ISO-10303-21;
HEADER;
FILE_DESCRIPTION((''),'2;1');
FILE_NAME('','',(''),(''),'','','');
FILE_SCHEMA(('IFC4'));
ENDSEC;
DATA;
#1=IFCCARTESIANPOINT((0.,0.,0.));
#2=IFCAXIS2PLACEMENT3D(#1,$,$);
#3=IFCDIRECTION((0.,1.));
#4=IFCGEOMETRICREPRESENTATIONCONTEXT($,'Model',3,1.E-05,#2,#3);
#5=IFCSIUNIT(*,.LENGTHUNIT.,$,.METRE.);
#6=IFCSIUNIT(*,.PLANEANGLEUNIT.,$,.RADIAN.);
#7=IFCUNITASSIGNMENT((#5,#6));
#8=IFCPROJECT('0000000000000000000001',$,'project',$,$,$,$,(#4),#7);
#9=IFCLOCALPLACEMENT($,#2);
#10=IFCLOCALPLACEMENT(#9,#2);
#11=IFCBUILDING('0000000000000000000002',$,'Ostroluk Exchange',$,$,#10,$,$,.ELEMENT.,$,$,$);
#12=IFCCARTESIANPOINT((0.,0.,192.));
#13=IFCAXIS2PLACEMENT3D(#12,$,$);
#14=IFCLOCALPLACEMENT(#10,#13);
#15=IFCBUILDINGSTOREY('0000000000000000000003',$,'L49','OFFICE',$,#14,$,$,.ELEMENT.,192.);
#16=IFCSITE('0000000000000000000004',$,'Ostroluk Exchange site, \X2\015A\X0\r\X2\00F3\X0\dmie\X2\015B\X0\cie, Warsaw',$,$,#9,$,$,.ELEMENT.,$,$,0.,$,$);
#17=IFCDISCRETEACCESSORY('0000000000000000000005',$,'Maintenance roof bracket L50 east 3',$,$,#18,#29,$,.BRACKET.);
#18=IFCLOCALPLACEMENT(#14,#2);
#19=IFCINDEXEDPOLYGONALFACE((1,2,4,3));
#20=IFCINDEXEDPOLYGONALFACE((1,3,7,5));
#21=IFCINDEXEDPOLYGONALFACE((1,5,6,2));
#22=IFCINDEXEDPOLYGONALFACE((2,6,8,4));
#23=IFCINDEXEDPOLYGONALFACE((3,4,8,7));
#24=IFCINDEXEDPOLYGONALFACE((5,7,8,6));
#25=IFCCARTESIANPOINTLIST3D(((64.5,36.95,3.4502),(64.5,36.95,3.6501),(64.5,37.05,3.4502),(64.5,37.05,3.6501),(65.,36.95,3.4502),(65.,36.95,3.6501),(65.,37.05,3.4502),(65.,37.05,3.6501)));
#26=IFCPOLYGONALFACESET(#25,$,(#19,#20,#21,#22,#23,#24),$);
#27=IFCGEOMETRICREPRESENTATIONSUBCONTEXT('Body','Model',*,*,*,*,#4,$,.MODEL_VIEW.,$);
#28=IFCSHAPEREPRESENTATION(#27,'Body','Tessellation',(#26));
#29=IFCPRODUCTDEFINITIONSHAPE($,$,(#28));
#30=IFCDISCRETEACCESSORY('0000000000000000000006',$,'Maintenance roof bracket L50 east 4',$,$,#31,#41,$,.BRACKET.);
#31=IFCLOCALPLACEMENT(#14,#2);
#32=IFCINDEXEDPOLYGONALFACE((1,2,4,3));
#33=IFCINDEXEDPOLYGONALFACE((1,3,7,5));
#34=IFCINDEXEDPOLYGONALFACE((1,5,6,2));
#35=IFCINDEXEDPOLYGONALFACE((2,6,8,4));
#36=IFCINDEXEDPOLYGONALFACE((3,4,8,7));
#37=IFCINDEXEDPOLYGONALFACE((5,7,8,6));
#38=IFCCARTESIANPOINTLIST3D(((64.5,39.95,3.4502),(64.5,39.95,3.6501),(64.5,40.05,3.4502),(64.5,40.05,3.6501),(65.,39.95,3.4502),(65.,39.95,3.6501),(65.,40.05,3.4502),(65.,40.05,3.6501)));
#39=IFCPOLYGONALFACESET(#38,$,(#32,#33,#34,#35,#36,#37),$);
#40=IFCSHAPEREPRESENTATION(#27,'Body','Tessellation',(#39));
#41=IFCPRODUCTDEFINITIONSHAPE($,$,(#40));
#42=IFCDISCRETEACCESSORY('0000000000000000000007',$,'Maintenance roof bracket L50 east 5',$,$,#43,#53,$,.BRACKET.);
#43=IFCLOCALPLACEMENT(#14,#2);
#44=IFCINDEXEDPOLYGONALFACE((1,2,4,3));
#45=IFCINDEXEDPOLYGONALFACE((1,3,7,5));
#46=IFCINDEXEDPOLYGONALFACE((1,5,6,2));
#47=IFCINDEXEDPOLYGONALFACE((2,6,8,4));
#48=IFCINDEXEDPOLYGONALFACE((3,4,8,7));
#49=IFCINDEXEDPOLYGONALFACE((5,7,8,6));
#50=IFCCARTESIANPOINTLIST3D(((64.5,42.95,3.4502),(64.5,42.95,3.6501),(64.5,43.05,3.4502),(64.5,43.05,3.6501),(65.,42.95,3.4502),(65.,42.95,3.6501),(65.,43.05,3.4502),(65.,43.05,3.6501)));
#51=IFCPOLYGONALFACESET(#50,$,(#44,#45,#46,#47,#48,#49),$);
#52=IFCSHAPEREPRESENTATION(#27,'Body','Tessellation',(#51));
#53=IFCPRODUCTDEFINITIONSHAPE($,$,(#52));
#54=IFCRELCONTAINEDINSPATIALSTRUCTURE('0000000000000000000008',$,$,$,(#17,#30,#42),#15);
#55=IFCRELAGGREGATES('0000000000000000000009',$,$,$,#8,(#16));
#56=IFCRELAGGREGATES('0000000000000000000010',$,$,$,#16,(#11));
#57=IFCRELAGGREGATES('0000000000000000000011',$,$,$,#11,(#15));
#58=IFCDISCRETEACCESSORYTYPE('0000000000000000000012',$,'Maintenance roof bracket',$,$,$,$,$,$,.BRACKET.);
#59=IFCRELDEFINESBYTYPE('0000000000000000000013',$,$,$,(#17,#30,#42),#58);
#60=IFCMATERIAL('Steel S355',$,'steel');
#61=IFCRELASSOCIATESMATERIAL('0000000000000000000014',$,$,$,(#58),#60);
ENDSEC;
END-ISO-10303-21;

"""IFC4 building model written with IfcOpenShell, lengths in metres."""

from ifc_helpers import new_model, si_unit, direction, frame, origin, origin_2d, place, context, subcontext, project, spatial, rectangle, extrude, material, type_object, element, save


model = new_model("IFC4")

# Units and contexts
model_context = context("Model", 3, precision=1e-05, world=origin(), true_north=direction((0.0, 1.0)))
body_context = subcontext(model_context, "Body", "Model", "MODEL_VIEW")
ifc_project = project(units=[si_unit("LENGTHUNIT", "METRE"), si_unit("PLANEANGLEUNIT", "RADIAN")], contexts=[model_context])

# Site, building, storey
site_placement = place(None, origin())
site = spatial("IfcSite", under=ifc_project, at=site_placement, Name="Ostroluk Exchange site, Śródmieście, Warsaw", CompositionType="ELEMENT", RefElevation=0.0)
building_placement = place(site_placement, origin())
building = spatial("IfcBuilding", under=site, at=building_placement, Name="Ostroluk Exchange", CompositionType="ELEMENT")
storey_placement = place(building_placement, frame((0.0, 0.0, 192.0)))
storey = spatial("IfcBuildingStorey", under=building, at=storey_placement, Name="L49", Description="OFFICE", CompositionType="ELEMENT", Elevation=192.0)

# Discrete accessories
ifc_material_1 = material(Name="Steel S355", Category="steel")
discrete_accessory_type = type_object("IfcDiscreteAccessoryType", Name="Maintenance roof bracket", PredefinedType="BRACKET", material=ifc_material_1)
for number, where, z_axis, x_axis, name in (
    (1, (64.75, 37.0, 3.4502), (0.0, 0.0, 1.0), (1.0, 0.0, 0.0), "Maintenance roof bracket L50 east 3"),
    (2, (64.75, 40.0, 3.4502), (0.0, 0.0, 1.0), (1.0, 0.0, 0.0), "Maintenance roof bracket L50 east 4"),
    (3, (64.75, 43.0, 3.4502), (0.0, 0.0, 1.0), (1.0, 0.0, 0.0), "Maintenance roof bracket L50 east 5"),
):
    element("IfcDiscreteAccessory", number, at=place(storey_placement, frame(where, z_axis=z_axis, x_axis=x_axis)), inside=storey, type_object=discrete_accessory_type, Name=name, PredefinedType="BRACKET", context=body_context, shape_type="SweptSolid", body=[
        extrude(rectangle(XDim=0.5, YDim=0.1001, at=origin_2d()), origin(), (0.0, 0.0, 1.0), 0.2),
    ])

save(model, "model.ifc")
